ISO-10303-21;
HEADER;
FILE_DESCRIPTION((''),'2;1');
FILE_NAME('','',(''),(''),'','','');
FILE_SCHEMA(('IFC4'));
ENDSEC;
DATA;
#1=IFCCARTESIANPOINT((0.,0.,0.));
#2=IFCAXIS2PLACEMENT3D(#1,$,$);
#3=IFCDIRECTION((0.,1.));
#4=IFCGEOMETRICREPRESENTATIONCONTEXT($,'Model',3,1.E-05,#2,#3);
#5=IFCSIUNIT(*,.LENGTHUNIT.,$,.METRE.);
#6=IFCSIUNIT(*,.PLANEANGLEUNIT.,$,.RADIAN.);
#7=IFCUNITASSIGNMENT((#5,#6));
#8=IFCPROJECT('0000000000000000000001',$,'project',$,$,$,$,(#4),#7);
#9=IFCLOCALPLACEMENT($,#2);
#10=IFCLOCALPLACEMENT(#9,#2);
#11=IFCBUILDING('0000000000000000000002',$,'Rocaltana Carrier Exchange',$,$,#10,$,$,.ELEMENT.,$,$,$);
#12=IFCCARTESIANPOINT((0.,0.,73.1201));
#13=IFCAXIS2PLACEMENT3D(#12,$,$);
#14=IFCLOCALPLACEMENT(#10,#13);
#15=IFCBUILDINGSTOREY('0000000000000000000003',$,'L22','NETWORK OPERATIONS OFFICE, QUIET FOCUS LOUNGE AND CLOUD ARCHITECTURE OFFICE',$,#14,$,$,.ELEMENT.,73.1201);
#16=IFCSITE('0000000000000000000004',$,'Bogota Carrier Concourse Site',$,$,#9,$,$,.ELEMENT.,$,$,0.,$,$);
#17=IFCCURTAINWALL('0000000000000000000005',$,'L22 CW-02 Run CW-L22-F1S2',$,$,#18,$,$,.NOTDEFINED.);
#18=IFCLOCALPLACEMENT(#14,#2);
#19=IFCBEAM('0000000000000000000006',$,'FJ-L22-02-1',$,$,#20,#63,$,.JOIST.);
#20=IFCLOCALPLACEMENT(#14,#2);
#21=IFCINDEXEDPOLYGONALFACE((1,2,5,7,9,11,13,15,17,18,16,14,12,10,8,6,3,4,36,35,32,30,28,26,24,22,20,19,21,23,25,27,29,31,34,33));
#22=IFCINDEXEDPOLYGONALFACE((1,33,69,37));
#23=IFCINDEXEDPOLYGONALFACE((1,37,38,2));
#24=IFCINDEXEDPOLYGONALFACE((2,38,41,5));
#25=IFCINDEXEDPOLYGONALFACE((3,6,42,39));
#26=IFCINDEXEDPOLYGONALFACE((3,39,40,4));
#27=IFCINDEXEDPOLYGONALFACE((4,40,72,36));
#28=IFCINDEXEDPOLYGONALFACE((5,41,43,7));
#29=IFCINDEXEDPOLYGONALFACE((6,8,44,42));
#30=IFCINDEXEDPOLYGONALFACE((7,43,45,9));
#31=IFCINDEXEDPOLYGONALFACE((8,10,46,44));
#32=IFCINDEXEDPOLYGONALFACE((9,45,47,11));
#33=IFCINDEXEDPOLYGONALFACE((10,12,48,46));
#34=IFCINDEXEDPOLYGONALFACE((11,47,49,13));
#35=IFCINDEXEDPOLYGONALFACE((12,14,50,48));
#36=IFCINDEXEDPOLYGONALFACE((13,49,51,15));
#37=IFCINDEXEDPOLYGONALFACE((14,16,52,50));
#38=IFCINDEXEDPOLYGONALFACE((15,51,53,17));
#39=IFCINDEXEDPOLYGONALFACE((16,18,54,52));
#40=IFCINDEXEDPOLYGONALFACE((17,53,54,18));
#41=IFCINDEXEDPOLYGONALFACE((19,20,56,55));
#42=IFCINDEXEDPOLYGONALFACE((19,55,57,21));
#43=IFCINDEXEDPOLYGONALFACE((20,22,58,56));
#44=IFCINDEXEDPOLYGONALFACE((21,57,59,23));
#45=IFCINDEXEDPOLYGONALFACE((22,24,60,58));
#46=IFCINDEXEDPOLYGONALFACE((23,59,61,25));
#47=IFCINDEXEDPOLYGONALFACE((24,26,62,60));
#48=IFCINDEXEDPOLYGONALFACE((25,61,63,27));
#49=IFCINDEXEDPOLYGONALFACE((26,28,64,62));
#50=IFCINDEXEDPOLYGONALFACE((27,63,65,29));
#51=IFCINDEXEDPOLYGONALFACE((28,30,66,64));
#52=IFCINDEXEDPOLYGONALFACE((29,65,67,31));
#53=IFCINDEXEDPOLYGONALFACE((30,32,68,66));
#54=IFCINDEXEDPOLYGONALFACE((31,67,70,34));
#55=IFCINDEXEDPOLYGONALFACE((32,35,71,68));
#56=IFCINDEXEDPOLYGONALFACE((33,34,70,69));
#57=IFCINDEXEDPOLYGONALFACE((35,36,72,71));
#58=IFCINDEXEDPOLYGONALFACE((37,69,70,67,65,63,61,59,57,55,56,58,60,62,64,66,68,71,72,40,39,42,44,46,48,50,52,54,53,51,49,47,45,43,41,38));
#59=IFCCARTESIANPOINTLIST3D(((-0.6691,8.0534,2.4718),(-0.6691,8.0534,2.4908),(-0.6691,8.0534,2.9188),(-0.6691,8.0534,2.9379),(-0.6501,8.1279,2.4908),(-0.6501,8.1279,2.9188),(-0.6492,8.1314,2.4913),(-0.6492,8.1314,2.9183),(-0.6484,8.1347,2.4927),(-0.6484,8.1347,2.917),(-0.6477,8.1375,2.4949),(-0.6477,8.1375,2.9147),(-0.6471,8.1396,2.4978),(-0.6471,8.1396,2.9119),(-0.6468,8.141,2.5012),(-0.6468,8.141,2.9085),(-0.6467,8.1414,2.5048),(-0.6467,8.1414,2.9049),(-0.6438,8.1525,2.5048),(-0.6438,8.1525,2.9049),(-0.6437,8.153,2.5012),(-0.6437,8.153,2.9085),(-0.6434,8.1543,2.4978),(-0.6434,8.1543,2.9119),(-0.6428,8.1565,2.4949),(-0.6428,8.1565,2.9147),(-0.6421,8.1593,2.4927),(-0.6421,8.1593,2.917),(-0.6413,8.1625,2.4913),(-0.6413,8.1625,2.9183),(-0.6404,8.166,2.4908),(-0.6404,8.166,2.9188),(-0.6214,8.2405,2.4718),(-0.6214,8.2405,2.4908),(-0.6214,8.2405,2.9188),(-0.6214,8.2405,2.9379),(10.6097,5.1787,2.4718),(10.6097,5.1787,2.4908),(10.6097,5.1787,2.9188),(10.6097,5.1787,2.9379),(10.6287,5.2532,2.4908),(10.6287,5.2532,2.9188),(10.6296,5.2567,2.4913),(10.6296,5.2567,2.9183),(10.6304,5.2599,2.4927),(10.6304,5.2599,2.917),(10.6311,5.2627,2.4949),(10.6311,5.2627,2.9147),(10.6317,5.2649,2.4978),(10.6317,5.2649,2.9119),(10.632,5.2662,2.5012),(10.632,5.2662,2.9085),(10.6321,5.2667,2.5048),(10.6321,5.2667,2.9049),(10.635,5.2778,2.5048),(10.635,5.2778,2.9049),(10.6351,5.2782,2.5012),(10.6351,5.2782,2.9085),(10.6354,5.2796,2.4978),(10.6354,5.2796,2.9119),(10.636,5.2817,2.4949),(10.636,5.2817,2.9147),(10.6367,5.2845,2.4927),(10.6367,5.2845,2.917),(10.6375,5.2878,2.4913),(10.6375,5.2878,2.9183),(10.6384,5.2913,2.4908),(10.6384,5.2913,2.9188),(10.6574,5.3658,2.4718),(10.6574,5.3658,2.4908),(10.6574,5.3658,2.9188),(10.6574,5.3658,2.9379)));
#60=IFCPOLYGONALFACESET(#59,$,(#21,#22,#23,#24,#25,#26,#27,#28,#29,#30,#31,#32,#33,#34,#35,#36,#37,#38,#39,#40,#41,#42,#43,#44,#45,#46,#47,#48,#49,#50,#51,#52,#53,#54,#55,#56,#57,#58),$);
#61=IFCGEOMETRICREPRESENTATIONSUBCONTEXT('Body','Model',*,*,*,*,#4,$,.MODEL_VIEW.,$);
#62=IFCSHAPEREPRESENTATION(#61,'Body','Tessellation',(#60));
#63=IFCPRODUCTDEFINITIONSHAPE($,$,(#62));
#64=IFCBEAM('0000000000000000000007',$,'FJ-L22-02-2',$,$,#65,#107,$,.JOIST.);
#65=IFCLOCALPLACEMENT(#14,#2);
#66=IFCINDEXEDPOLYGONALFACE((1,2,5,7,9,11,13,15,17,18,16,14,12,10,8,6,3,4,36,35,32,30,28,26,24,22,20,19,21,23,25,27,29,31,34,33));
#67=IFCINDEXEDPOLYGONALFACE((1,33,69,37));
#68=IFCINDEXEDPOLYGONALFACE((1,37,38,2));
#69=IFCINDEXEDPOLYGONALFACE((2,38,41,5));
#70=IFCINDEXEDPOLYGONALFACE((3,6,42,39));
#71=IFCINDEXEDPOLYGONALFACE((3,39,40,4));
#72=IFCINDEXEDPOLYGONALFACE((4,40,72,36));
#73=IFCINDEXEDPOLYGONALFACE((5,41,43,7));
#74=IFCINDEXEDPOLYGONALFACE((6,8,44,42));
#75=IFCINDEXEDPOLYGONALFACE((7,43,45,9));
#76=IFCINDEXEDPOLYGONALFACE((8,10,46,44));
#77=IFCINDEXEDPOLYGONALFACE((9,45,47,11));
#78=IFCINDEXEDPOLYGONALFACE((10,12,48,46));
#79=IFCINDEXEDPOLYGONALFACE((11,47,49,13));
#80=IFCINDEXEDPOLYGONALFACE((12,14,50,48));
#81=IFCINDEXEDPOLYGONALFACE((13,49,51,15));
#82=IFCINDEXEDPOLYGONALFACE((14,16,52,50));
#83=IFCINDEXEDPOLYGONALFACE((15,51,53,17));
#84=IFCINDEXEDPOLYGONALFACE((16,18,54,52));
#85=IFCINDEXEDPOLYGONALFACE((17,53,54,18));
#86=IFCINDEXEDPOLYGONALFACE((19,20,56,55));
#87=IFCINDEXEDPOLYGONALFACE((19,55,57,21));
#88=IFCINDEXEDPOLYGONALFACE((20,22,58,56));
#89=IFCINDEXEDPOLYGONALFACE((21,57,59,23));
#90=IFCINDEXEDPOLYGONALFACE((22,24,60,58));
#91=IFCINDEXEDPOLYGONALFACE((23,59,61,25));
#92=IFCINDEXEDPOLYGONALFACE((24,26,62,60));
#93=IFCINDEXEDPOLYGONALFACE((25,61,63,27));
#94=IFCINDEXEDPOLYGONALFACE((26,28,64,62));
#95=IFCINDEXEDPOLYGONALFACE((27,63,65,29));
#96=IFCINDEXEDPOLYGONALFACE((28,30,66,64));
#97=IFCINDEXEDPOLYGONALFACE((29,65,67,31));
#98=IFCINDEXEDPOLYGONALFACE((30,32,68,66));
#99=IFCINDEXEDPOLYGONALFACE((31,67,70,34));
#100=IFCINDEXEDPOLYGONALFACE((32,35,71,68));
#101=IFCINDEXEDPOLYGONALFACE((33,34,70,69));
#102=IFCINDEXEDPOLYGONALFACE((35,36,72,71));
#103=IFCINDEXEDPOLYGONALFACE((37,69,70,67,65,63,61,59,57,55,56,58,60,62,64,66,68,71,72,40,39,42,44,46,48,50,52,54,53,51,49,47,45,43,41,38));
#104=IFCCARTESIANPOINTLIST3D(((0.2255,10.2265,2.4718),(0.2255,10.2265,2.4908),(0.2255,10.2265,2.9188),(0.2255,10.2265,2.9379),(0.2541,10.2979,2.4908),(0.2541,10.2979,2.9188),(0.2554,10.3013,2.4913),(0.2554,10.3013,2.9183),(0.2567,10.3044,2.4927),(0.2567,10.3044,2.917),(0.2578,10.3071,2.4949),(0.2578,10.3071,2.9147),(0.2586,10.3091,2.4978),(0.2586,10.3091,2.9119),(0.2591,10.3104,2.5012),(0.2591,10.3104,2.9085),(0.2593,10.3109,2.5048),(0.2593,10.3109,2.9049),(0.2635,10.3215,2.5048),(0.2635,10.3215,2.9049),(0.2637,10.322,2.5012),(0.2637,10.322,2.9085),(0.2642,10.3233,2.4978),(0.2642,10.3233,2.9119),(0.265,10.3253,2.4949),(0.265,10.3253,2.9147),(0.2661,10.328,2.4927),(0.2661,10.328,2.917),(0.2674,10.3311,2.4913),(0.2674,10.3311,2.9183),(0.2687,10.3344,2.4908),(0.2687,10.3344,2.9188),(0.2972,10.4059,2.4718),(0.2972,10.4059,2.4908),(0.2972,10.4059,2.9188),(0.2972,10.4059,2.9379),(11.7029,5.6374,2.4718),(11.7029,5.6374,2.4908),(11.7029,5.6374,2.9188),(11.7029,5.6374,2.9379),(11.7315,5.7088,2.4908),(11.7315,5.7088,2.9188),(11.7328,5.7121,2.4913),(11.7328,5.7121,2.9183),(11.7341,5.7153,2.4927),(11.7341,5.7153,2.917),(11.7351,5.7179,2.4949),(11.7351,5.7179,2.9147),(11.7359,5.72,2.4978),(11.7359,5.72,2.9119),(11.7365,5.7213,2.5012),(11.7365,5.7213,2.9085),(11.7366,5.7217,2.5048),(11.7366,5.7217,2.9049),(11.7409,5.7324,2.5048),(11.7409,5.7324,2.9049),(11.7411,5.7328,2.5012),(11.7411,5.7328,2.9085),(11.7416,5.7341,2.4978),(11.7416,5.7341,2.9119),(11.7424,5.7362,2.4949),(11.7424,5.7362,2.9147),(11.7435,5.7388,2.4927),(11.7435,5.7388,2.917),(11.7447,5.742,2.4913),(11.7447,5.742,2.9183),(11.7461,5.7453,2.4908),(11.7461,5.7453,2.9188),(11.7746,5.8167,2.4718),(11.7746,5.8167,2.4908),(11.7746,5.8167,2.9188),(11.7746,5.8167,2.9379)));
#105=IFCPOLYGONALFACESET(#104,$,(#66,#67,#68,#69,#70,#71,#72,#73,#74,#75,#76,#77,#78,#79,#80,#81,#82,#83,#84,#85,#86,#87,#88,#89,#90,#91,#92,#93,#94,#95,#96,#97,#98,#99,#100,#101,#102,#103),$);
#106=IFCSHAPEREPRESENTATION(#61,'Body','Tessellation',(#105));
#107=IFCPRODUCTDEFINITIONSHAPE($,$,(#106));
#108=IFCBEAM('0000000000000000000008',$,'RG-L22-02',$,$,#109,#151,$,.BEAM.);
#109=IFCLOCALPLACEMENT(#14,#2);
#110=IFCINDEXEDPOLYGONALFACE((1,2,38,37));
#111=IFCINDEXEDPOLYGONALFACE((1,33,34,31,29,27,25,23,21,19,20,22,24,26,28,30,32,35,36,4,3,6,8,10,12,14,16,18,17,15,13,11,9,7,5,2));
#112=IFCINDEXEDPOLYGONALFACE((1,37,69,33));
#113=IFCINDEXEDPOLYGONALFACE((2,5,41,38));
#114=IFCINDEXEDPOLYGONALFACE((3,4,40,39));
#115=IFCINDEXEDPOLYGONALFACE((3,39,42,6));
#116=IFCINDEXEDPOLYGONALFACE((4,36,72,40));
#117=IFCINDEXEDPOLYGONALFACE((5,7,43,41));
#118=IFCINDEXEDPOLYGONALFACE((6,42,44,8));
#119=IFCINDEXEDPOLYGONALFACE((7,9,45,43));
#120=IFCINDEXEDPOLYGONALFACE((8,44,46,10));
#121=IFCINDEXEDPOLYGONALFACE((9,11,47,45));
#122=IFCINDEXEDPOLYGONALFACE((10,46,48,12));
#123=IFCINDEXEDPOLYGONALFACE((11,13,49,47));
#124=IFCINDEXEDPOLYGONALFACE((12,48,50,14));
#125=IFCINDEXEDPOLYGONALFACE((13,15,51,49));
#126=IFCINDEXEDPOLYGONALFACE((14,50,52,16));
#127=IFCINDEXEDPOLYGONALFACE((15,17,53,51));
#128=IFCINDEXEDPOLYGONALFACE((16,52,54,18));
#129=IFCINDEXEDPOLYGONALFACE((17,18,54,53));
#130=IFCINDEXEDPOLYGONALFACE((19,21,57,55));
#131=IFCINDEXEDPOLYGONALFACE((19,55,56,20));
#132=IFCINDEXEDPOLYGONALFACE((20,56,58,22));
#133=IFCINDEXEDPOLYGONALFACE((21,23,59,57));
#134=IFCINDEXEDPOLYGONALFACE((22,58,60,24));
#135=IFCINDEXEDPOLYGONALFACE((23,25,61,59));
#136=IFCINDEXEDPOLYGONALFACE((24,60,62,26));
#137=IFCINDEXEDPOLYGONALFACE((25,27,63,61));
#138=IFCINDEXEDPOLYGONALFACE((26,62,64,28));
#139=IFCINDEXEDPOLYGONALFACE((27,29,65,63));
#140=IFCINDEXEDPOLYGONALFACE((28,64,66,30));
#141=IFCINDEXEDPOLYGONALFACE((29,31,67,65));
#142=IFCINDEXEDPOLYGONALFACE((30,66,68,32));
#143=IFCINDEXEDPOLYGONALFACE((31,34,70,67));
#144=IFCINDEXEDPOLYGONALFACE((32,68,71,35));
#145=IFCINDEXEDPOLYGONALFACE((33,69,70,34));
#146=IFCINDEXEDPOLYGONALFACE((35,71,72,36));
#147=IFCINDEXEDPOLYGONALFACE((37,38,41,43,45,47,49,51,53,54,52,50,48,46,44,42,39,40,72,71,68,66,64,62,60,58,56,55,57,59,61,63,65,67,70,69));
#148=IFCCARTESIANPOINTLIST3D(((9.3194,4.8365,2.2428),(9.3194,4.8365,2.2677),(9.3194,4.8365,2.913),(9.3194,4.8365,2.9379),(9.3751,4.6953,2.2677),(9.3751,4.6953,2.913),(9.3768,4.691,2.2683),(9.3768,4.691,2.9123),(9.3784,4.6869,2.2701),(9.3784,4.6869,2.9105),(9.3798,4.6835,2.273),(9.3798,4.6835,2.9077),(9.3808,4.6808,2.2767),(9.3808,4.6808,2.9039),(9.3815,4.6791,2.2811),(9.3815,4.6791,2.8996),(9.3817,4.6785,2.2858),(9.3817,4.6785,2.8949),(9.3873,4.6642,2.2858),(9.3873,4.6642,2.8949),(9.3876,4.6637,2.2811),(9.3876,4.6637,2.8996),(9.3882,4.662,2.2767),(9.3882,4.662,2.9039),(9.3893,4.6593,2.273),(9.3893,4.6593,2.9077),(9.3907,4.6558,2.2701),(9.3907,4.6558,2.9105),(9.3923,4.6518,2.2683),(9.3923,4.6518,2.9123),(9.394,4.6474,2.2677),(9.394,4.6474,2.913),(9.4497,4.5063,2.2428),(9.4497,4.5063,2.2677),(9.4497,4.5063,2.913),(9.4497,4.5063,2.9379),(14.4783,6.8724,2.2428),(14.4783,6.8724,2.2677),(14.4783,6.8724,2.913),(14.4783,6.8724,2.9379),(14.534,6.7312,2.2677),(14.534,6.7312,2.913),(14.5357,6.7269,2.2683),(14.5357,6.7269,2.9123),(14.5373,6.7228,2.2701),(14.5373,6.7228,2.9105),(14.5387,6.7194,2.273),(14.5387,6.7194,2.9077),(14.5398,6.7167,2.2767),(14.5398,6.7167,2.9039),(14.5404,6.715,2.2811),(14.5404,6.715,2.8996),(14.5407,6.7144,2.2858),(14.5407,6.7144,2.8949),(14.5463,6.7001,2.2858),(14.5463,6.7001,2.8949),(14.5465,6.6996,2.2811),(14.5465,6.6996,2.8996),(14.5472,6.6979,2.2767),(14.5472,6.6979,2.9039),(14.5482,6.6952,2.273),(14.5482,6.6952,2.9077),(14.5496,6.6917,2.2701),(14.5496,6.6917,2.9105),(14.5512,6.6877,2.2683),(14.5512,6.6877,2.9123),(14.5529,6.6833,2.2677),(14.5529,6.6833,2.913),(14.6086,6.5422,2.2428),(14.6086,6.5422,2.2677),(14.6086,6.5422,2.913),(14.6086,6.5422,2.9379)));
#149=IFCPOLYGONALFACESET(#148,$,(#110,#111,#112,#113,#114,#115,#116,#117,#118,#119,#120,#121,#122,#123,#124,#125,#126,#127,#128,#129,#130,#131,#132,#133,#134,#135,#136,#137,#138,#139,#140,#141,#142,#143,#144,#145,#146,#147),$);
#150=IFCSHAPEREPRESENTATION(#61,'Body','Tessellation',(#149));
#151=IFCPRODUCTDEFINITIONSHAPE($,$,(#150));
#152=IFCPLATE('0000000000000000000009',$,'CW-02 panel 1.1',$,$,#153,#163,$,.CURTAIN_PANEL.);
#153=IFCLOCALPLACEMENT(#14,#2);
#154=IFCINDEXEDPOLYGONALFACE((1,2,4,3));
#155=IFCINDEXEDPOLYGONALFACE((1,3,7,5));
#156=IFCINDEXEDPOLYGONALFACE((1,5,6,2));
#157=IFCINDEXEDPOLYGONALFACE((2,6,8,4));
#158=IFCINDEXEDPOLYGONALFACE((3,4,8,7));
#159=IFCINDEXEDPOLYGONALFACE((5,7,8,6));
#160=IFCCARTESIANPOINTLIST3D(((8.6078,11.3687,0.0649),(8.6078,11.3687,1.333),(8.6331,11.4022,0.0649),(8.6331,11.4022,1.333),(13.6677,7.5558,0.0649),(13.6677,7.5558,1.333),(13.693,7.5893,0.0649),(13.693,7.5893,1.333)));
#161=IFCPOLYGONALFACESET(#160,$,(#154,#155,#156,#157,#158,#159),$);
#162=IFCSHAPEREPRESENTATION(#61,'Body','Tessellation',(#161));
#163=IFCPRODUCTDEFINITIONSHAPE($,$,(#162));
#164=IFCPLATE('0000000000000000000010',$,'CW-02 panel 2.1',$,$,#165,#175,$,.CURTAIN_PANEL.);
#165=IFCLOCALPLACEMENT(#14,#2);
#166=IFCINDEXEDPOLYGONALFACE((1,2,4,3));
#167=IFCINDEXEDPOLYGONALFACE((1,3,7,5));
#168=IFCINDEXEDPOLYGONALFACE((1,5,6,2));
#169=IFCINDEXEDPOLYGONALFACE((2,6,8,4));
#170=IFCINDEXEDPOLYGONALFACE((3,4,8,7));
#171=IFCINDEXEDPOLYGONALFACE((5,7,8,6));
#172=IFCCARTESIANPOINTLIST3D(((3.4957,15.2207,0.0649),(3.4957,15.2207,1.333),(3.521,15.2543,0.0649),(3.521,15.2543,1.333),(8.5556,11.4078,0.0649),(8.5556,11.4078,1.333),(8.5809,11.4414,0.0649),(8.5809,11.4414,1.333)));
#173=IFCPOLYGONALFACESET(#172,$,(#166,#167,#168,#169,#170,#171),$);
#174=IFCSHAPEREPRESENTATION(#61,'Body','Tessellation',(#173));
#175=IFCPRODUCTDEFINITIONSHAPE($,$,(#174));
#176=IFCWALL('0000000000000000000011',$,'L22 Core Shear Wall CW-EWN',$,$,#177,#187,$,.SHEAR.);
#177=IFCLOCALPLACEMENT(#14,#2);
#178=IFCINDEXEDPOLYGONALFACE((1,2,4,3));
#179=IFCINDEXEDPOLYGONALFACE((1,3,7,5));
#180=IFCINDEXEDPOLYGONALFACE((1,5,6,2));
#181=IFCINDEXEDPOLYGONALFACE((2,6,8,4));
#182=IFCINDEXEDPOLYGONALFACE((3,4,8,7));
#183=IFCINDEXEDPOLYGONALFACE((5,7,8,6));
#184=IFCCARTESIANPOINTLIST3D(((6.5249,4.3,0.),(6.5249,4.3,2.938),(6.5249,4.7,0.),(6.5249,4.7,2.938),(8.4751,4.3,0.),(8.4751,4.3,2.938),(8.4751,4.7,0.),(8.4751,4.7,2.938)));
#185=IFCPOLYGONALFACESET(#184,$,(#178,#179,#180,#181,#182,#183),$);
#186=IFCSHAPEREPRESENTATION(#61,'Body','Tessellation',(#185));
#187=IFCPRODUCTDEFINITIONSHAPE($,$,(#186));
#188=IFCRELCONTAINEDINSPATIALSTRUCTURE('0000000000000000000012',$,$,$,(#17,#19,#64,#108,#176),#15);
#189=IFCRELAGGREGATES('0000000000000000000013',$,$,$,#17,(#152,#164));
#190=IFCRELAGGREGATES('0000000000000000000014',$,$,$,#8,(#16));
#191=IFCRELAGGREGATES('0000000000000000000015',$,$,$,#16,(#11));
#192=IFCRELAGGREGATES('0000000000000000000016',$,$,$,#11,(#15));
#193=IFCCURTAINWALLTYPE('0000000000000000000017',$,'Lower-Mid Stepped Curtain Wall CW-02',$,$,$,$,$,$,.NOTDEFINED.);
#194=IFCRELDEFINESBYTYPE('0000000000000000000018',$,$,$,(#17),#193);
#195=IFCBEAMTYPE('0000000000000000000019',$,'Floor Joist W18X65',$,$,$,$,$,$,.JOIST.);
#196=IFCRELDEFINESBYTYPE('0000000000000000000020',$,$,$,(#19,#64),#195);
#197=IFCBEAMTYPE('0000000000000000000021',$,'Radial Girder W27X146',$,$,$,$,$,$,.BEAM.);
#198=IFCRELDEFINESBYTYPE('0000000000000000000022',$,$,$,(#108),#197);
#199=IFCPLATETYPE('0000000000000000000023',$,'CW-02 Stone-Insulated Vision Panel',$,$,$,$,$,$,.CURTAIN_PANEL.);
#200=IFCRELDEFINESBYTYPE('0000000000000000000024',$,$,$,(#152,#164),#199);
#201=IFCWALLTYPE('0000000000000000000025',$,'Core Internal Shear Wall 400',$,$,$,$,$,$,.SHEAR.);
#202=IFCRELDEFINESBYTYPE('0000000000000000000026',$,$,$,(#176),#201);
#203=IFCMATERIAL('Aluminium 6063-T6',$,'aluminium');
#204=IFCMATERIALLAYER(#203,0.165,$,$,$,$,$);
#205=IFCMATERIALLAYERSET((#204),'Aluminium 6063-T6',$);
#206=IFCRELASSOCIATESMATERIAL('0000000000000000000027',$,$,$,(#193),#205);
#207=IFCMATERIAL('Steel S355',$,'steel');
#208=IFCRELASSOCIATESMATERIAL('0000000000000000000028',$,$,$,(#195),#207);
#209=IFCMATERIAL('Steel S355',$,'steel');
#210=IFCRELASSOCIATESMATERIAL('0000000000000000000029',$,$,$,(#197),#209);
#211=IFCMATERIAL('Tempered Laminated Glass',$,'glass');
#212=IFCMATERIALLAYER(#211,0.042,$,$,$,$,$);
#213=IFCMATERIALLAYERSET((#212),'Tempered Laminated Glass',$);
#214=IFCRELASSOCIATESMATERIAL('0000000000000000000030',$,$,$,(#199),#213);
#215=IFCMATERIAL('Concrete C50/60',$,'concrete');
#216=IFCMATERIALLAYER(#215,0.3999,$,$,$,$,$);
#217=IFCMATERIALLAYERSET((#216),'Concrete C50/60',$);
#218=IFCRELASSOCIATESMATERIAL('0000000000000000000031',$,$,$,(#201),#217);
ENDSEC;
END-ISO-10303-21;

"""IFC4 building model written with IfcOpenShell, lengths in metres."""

from ifc_helpers import new_model, si_unit, direction, frame, frame_2d, origin, origin_2d, place, context, subcontext, project, spatial, rectangle, i_section, extrude, material, layer, layer_set, material_profile, profile_set, type_object, element, aggregate, save


model = new_model("IFC4")

# Units and contexts
model_context = context("Model", 3, precision=1e-05, world=origin(), true_north=direction((0.0, 1.0)))
body_context = subcontext(model_context, "Body", "Model", "MODEL_VIEW")
ifc_project = project(units=[si_unit("LENGTHUNIT", "METRE"), si_unit("PLANEANGLEUNIT", "RADIAN")], contexts=[model_context])

# Site, building, storey
site_placement = place(None, origin())
site = spatial("IfcSite", under=ifc_project, at=site_placement, Name="Bogota Carrier Concourse Site", CompositionType="ELEMENT", RefElevation=0.0)
building_placement = place(site_placement, origin())
building = spatial("IfcBuilding", under=site, at=building_placement, Name="Rocaltana Carrier Exchange", CompositionType="ELEMENT")
storey_placement = place(building_placement, frame((0.0, 0.0, 73.1201)))
storey = spatial("IfcBuildingStorey", under=building, at=storey_placement, Name="L22", Description="NETWORK OPERATIONS OFFICE, QUIET FOCUS LOUNGE AND CLOUD ARCHITECTURE OFFICE", CompositionType="ELEMENT", Elevation=73.1201)

# Curtain wall
ifc_material_1 = material(Name="Aluminium 6063-T6", Category="aluminium")
ifc_layer_1 = layer(ifc_material_1, 0.165)
ifc_layer_set_1 = layer_set([ifc_layer_1], Name="Aluminium 6063-T6")
curtain_wall_type = type_object("IfcCurtainWallType", Name="Lower-Mid Stepped Curtain Wall CW-02", PredefinedType="NOTDEFINED", material=ifc_layer_set_1)
curtain_wall_placement = place(storey_placement, origin())
curtain_wall = element("IfcCurtainWall", 1, at=curtain_wall_placement, inside=storey, type_object=curtain_wall_type, Name="L22 CW-02 Run CW-L22-F1S2", PredefinedType="NOTDEFINED")

# Beams
ifc_material_2 = material(Name="Steel S355", Category="steel")
ifc_material_profile_1 = material_profile(ifc_material_2, i_section(OverallWidth=0.1931, OverallDepth=0.4661, WebThickness=0.0115, FlangeThickness=0.019, FilletRadius=0.0139, at=origin_2d()), Name="W18X65")
ifc_profile_set_1 = profile_set([ifc_material_profile_1], Name="Steel S355")
beam_type_1 = type_object("IfcBeamType", Name="Floor Joist W18X65", PredefinedType="JOIST", material=ifc_profile_set_1)
beam_1_placement = place(storey_placement, frame((10.6335, 5.2722, 2.7048), z_axis=(-0.969019, 0.246985, 0.0), x_axis=(-0.246985, -0.969019, 0.0)))
element("IfcBeam", 2, at=beam_1_placement, inside=storey, type_object=beam_type_1, Name="FJ-L22-02-1", PredefinedType="JOIST", context=body_context, shape_type="SweptSolid", body=[
    extrude(i_section(OverallWidth=0.1931, OverallDepth=0.4661, WebThickness=0.0115, FlangeThickness=0.019, FilletRadius=0.0139, at=origin_2d()), origin(), (0.0, 0.0, 1.0), 11.6394),
])
beam_2_placement = place(storey_placement, frame((11.7388, 5.7271, 2.7048), z_axis=(-0.928527, 0.371265, 0.0), x_axis=(-0.371265, -0.928527, 0.0)))
element("IfcBeam", 3, at=beam_2_placement, inside=storey, type_object=beam_type_1, Name="FJ-L22-02-2", PredefinedType="JOIST", context=body_context, shape_type="SweptSolid", body=[
    extrude(i_section(OverallWidth=0.1931, OverallDepth=0.4661, WebThickness=0.0115, FlangeThickness=0.019, FilletRadius=0.0139, at=origin_2d()), origin(), (0.0, 0.0, 1.0), 12.3608),
])
ifc_material_3 = material(Name="Steel S355", Category="steel")
ifc_material_profile_2 = material_profile(ifc_material_3, i_section(OverallWidth=0.355, OverallDepth=0.6951, WebThickness=0.0154, FlangeThickness=0.0249, FilletRadius=0.0181, at=origin_2d()), Name="W27X146")
ifc_profile_set_2 = profile_set([ifc_material_profile_2], Name="Steel S355")
beam_type_2 = type_object("IfcBeamType", Name="Radial Girder W27X146", PredefinedType="BEAM", material=ifc_profile_set_2)
beam_3_placement = place(storey_placement, frame((9.3845, 4.6714, 2.5903), z_axis=(0.930188, 0.367083, 0.0), x_axis=(-0.367083, 0.930188, 0.0)))
element("IfcBeam", 4, at=beam_3_placement, inside=storey, type_object=beam_type_2, Name="RG-L22-02", PredefinedType="BEAM", context=body_context, shape_type="SweptSolid", body=[
    extrude(i_section(OverallWidth=0.355, OverallDepth=0.6951, WebThickness=0.0154, FlangeThickness=0.0249, FilletRadius=0.0181, at=origin_2d()), origin(), (0.0, 0.0, 1.0), 5.5461),
])

# Plates
ifc_material_4 = material(Name="Tempered Laminated Glass", Category="glass")
ifc_layer_2 = layer(ifc_material_4, 0.042)
ifc_layer_set_2 = layer_set([ifc_layer_2], Name="Tempered Laminated Glass")
plate_type = type_object("IfcPlateType", Name="CW-02 Stone-Insulated Vision Panel", PredefinedType="CURTAIN_PANEL", material=ifc_layer_set_2)
plate_1_placement = place(storey_placement, frame((11.1504, 9.479, 0.0649), z_axis=(0.0, 0.0, 1.0), x_axis=(-0.798635, 0.601815, 0.0)))
plate_1 = element("IfcPlate", 5, at=plate_1_placement, type_object=plate_type, Name="CW-02 panel 1.1", PredefinedType="CURTAIN_PANEL", context=body_context, shape_type="SweptSolid", body=[
    extrude(rectangle(XDim=6.3357, YDim=0.042, at=origin_2d()), origin(), (0.0, 0.0, 1.0), 1.2681),
])
plate_2_placement = place(storey_placement, frame((6.0383, 13.3311, 0.0649), z_axis=(0.0, 0.0, 1.0), x_axis=(-0.798635, 0.601815, 0.0)))
plate_2 = element("IfcPlate", 6, at=plate_2_placement, type_object=plate_type, Name="CW-02 panel 2.1", PredefinedType="CURTAIN_PANEL", context=body_context, shape_type="SweptSolid", body=[
    extrude(rectangle(XDim=6.3357, YDim=0.042, at=origin_2d()), origin(), (0.0, 0.0, 1.0), 1.2681),
])
aggregate(curtain_wall, [plate_1, plate_2])

# Wall
ifc_material_5 = material(Name="Concrete C50/60", Category="concrete")
ifc_layer_3 = layer(ifc_material_5, 0.3999)
ifc_layer_set_3 = layer_set([ifc_layer_3], Name="Concrete C50/60")
wall_type_1 = type_object("IfcWallType", Name="Core Internal Shear Wall 400", PredefinedType="SHEAR", material=ifc_layer_set_3)
wall_1_placement = place(storey_placement, frame((6.5249, 4.5, 0.0), z_axis=(0.0, 0.0, 1.0), x_axis=(1.0, 0.0, 0.0)))
element("IfcWall", 7, at=wall_1_placement, inside=storey, type_object=wall_type_1, Name="L22 Core Shear Wall CW-EWN", PredefinedType="SHEAR", context=body_context, shape_type="SweptSolid", body=[
    extrude(rectangle(XDim=1.9502, YDim=0.3999, at=frame_2d((0.9751, 0.0))), origin(), (0.0, 0.0, 1.0), 2.938),
])

save(model, "model.ifc")
